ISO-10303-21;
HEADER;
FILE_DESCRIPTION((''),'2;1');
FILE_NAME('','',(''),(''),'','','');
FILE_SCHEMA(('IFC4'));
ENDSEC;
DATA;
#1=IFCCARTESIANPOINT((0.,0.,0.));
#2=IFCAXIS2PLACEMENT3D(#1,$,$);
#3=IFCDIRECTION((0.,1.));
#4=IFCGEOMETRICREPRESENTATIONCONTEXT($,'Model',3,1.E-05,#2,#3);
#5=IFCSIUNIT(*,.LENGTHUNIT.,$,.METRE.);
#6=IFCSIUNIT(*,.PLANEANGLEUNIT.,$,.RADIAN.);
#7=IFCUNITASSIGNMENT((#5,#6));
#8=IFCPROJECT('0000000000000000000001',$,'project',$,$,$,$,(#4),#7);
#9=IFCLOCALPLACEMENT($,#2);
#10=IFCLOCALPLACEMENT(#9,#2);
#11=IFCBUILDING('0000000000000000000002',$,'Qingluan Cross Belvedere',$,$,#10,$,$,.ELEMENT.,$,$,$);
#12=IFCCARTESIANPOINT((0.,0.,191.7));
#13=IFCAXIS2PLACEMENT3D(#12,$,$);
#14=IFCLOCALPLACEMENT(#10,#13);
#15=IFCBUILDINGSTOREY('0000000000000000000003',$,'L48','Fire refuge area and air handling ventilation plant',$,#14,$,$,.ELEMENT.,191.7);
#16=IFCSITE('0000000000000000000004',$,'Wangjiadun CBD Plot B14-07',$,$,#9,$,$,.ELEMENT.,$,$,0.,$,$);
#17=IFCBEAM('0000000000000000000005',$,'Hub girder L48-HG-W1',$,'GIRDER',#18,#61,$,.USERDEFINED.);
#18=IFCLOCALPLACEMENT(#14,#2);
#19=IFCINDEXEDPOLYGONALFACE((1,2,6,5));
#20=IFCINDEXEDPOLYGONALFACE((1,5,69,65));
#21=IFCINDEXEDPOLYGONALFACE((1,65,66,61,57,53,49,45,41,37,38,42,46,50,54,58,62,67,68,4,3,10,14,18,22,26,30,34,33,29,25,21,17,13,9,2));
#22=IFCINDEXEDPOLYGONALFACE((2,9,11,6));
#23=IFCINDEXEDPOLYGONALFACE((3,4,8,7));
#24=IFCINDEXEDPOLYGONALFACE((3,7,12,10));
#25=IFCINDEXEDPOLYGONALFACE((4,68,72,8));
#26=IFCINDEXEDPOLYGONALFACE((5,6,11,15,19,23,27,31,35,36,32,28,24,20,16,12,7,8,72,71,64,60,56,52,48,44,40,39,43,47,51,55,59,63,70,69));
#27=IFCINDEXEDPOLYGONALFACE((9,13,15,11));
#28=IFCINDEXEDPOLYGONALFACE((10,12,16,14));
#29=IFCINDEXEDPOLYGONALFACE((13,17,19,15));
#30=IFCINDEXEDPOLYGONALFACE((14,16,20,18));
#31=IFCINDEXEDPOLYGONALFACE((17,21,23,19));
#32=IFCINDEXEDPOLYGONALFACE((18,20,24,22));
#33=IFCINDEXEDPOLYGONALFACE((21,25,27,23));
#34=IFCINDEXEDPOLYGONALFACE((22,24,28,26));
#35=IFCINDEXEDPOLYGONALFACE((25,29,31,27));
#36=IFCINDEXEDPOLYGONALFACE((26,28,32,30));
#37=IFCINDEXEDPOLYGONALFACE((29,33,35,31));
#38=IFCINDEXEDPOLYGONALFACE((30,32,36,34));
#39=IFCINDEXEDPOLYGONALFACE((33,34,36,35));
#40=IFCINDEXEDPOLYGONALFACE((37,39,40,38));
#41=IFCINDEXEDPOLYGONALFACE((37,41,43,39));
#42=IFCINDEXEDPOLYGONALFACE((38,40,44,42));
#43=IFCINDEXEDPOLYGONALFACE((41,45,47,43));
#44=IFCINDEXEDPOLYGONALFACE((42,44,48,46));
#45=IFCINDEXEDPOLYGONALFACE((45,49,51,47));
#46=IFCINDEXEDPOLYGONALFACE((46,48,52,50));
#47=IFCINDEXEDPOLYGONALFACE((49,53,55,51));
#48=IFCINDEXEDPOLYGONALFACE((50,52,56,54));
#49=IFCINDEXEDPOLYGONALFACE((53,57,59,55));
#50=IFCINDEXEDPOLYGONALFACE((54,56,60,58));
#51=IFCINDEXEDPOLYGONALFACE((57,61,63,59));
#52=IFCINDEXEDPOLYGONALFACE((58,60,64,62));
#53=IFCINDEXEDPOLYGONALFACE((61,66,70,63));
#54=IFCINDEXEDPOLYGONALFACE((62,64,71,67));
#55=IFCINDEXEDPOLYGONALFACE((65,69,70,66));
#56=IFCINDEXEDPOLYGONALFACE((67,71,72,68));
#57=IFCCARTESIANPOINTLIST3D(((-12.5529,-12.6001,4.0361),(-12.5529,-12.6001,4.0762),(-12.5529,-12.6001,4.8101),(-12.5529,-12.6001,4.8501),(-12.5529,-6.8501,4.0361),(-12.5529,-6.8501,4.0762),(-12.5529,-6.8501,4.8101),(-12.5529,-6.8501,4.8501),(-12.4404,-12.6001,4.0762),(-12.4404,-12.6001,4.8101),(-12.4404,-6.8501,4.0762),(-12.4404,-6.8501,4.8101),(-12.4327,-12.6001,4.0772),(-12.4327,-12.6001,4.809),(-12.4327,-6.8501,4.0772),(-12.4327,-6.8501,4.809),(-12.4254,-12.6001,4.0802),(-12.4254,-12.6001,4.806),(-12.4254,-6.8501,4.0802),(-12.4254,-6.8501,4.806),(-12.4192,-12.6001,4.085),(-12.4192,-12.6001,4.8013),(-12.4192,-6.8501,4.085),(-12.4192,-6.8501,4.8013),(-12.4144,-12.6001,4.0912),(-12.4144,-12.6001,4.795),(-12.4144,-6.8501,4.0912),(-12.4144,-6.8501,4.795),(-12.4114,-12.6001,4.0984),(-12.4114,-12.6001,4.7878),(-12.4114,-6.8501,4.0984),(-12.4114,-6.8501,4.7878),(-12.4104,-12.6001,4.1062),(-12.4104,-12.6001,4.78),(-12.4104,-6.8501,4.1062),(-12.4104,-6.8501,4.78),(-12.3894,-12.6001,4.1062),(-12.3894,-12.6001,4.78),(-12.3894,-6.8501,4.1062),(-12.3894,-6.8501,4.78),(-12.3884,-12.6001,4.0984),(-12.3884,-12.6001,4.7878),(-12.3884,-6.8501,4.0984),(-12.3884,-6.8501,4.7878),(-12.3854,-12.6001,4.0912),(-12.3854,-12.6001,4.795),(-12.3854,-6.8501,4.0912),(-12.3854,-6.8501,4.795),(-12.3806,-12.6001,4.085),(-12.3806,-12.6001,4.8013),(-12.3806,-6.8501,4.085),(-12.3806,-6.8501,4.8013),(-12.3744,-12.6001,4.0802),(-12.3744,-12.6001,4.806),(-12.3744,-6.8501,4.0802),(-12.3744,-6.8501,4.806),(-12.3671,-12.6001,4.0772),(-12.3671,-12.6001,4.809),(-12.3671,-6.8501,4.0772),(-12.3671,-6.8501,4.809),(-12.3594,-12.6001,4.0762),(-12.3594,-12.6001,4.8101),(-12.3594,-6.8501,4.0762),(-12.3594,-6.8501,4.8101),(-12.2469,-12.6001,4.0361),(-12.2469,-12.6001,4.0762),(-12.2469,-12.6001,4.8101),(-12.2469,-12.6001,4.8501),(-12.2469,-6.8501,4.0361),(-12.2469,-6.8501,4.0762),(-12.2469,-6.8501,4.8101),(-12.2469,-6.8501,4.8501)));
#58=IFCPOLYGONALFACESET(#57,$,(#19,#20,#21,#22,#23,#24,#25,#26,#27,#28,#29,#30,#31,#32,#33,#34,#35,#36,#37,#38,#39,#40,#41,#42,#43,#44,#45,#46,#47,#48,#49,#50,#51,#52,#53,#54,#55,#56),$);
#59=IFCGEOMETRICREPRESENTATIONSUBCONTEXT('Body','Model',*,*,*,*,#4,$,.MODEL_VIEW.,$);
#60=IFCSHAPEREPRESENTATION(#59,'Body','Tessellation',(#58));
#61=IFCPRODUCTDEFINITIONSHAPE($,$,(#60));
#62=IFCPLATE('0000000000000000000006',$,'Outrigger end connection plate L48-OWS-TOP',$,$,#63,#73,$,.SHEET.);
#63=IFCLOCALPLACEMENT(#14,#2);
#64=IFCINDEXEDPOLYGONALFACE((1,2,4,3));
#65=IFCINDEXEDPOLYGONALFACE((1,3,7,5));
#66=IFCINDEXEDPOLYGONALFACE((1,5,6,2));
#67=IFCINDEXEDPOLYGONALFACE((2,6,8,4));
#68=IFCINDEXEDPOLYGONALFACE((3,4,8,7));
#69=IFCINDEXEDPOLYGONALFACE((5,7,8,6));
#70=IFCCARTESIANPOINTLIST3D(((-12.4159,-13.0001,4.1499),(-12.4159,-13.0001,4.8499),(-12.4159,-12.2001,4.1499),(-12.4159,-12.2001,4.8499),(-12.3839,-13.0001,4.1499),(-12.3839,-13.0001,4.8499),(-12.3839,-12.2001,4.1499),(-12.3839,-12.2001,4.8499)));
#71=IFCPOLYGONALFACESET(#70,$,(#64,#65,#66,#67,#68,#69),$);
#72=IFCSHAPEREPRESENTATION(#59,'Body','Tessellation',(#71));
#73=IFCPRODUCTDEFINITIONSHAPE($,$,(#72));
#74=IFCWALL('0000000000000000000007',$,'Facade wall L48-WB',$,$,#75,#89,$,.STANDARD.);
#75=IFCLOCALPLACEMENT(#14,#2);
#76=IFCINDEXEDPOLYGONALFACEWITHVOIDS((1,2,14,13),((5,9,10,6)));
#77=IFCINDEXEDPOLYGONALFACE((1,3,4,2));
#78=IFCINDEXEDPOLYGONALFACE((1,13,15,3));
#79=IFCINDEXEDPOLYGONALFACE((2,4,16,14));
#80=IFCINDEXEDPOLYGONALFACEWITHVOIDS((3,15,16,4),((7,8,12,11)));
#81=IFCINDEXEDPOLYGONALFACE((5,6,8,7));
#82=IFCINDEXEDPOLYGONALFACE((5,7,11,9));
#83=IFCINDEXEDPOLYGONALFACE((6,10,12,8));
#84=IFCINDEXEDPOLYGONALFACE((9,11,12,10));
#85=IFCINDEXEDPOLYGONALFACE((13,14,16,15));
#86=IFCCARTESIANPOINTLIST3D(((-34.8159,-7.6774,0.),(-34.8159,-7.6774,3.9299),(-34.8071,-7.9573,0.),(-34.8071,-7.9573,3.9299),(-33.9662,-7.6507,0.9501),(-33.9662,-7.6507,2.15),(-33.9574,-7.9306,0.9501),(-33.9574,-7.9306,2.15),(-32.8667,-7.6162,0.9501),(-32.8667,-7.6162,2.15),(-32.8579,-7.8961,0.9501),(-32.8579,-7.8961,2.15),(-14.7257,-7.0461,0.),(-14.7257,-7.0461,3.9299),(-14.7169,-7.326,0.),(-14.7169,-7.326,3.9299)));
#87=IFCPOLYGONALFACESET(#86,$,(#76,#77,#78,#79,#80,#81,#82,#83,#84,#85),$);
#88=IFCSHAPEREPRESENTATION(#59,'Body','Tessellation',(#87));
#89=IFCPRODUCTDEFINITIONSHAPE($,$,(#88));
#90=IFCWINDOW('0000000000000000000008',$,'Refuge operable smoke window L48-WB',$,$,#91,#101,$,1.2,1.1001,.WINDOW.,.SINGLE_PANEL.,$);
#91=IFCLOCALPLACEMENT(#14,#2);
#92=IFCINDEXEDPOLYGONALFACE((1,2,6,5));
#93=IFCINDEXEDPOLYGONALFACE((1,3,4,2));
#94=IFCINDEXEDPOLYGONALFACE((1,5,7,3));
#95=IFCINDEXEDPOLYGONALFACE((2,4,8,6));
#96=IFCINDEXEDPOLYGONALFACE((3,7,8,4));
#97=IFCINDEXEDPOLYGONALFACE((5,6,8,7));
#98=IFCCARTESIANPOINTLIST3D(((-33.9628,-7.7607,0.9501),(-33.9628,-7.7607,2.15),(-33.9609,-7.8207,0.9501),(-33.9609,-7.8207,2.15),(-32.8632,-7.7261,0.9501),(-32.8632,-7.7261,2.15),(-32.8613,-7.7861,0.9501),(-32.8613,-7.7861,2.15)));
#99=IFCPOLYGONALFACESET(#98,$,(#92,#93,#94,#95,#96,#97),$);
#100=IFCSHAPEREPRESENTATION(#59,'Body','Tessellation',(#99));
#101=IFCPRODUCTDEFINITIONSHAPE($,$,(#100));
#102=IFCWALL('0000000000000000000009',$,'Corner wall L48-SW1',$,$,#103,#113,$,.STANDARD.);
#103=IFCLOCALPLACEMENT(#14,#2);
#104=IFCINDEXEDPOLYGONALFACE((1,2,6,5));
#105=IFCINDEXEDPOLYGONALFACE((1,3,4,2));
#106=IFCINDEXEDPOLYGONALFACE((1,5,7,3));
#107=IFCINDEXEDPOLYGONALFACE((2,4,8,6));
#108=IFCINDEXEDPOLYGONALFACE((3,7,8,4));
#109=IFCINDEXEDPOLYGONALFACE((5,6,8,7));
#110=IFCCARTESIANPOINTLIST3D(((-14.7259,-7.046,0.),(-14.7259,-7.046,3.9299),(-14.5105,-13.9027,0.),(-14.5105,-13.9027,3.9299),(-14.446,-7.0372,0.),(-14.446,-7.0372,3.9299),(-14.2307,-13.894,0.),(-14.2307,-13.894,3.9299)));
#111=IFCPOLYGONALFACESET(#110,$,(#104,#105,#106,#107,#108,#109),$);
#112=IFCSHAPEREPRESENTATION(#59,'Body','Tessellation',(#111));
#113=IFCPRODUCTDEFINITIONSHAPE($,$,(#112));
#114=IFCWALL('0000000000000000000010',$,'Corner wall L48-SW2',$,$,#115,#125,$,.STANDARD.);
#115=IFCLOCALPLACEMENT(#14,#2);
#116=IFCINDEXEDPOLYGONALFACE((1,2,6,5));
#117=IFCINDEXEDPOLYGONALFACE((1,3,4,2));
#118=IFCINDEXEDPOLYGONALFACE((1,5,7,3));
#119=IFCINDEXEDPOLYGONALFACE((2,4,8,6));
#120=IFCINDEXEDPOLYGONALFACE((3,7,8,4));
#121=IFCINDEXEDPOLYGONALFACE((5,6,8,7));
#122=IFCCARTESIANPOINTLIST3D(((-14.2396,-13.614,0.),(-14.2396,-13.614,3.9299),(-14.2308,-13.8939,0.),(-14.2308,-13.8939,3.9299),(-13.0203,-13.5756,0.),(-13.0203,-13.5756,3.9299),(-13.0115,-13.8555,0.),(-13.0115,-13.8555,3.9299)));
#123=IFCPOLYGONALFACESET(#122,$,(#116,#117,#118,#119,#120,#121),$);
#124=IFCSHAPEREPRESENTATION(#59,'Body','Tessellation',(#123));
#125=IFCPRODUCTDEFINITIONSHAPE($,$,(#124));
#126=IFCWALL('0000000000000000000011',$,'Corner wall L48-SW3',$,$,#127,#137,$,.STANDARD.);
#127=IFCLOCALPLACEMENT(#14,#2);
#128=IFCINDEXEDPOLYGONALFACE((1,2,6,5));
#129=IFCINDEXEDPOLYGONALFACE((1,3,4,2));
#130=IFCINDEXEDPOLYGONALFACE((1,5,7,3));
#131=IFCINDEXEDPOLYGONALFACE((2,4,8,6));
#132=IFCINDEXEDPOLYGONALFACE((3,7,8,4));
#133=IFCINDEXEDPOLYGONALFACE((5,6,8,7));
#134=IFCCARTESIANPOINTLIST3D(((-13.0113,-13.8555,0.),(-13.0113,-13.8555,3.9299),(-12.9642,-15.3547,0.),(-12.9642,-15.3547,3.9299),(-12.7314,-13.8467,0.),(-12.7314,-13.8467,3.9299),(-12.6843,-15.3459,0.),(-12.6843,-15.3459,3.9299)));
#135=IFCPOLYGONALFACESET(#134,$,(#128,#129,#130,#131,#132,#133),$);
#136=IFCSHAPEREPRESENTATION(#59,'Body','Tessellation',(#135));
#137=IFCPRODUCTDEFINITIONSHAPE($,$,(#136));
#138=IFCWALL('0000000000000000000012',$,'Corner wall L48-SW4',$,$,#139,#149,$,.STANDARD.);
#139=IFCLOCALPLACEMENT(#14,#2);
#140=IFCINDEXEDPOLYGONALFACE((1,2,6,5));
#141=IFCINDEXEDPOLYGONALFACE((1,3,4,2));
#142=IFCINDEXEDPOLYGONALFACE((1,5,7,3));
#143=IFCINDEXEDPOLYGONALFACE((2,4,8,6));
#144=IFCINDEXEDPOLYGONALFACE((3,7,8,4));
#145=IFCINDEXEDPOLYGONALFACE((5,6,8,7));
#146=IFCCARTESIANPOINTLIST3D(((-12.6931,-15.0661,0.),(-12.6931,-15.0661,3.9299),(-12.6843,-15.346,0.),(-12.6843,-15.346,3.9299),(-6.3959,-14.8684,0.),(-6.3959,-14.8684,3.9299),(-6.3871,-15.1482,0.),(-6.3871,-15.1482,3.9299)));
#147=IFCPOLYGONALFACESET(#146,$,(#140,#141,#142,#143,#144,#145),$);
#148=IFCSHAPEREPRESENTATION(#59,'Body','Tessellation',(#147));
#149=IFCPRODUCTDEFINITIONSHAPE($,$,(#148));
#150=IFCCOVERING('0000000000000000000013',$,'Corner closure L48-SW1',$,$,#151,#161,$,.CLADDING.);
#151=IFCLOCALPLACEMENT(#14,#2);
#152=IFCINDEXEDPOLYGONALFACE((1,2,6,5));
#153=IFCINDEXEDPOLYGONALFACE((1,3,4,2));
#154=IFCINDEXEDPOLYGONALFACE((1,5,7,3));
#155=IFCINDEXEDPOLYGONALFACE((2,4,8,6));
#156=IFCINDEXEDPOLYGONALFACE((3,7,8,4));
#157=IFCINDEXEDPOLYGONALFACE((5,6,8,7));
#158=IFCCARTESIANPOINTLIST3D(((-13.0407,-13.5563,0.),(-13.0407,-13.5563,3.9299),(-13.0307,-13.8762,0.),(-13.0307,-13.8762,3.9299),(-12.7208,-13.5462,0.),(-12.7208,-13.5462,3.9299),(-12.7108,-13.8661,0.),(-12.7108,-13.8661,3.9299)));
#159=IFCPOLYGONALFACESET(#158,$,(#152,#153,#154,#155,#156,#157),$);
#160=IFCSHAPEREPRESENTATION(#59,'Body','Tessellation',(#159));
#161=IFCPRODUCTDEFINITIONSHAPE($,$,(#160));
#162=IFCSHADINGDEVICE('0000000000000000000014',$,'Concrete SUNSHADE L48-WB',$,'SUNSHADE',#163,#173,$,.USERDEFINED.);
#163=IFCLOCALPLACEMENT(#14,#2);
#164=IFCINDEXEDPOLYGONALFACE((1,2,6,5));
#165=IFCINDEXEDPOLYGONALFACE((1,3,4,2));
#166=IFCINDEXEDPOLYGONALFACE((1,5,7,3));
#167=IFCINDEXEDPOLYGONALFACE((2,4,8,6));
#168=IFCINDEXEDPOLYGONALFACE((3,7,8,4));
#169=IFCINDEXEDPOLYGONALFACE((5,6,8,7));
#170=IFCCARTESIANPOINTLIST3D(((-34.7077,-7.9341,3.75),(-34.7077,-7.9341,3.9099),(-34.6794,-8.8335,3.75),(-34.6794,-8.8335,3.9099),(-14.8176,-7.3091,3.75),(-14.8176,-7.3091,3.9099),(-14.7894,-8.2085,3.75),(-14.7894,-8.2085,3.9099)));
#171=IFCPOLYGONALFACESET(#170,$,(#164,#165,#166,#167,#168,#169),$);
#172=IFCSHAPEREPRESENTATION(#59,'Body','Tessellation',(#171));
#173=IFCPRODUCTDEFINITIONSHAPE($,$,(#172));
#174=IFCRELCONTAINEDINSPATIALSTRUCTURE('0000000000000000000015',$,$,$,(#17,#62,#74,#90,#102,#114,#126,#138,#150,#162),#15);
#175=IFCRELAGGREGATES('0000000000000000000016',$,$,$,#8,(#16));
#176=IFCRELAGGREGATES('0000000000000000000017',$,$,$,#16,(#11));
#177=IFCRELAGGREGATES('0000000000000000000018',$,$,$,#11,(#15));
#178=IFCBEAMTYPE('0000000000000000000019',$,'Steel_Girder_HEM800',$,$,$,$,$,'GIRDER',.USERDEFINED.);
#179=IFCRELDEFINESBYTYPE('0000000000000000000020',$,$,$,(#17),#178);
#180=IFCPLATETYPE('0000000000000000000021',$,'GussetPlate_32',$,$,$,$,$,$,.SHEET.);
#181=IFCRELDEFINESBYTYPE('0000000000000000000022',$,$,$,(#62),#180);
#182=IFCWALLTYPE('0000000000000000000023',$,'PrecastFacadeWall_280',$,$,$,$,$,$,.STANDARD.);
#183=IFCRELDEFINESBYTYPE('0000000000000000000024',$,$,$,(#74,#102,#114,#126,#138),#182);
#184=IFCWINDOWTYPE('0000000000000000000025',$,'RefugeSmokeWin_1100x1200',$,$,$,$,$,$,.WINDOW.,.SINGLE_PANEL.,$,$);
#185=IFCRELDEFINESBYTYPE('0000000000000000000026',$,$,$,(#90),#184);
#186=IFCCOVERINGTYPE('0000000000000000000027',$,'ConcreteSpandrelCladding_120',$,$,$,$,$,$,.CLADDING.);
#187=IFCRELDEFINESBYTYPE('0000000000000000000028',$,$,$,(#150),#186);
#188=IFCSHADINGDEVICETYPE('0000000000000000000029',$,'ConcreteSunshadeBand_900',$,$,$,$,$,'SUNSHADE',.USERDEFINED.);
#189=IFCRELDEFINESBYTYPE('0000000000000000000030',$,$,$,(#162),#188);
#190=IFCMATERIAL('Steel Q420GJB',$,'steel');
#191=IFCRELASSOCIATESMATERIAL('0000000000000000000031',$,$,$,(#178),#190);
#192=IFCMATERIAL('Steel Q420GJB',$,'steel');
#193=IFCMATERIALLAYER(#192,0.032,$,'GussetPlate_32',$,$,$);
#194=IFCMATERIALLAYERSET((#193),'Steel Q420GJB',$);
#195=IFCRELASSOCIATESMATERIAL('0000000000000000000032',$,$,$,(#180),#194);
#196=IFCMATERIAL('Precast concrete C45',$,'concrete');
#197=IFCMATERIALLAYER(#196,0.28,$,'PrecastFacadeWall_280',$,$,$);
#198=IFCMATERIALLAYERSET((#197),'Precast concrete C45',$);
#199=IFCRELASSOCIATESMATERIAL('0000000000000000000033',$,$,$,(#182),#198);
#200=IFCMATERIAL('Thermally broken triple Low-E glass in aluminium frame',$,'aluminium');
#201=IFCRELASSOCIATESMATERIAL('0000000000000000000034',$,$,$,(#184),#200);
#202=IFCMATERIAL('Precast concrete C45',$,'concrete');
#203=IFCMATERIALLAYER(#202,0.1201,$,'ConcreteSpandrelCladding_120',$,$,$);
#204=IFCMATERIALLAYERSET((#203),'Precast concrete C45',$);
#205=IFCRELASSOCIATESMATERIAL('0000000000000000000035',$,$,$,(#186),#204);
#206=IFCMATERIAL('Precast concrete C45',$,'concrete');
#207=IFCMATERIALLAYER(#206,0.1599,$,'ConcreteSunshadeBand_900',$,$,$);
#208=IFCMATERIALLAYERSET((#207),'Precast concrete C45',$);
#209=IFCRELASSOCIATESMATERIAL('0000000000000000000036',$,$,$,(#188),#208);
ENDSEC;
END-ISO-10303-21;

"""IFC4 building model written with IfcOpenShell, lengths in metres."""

from ifc_helpers import new_model, si_unit, direction, frame, frame_2d, origin, origin_2d, place, context, subcontext, project, spatial, rectangle, i_section, extrude, material, layer, layer_set, material_profile, profile_set, type_object, element, fill, save


model = new_model("IFC4")

# Units and contexts
model_context = context("Model", 3, precision=1e-05, world=origin(), true_north=direction((0.0, 1.0)))
body_context = subcontext(model_context, "Body", "Model", "MODEL_VIEW")
ifc_project = project(units=[si_unit("LENGTHUNIT", "METRE"), si_unit("PLANEANGLEUNIT", "RADIAN")], contexts=[model_context])

# Site, building, storey
site_placement = place(None, origin())
site = spatial("IfcSite", under=ifc_project, at=site_placement, Name="Wangjiadun CBD Plot B14-07", CompositionType="ELEMENT", RefElevation=0.0)
building_placement = place(site_placement, origin())
building = spatial("IfcBuilding", under=site, at=building_placement, Name="Qingluan Cross Belvedere", CompositionType="ELEMENT")
storey_placement = place(building_placement, frame((0.0, 0.0, 191.7)))
storey = spatial("IfcBuildingStorey", under=building, at=storey_placement, Name="L48", Description="Fire refuge area and air handling ventilation plant", CompositionType="ELEMENT", Elevation=191.7)

# Beam
ifc_material_1 = material(Name="Steel Q420GJB", Category="steel")
ifc_material_profile_1 = material_profile(ifc_material_1, i_section(OverallWidth=0.3059, OverallDepth=0.814, WebThickness=0.021, FlangeThickness=0.04, FilletRadius=0.03, at=origin_2d()), Name="HEM800")
ifc_profile_set_1 = profile_set([ifc_material_profile_1], Name="Steel Q420GJB")
beam_type_1 = type_object("IfcBeamType", Name="Steel_Girder_HEM800", ElementType="GIRDER", PredefinedType="USERDEFINED", material=ifc_profile_set_1)
beam_1_placement = place(storey_placement, frame((-12.3999, -12.6001, 4.4431), z_axis=(0.0, 1.0, 0.0), x_axis=(-1.0, 0.0, 0.0)))
element("IfcBeam", 1, at=beam_1_placement, inside=storey, type_object=beam_type_1, Name="Hub girder L48-HG-W1", ObjectType="GIRDER", PredefinedType="USERDEFINED", context=body_context, shape_type="SweptSolid", body=[
    extrude(i_section(OverallWidth=0.3059, OverallDepth=0.814, WebThickness=0.021, FlangeThickness=0.04, FilletRadius=0.03, at=origin_2d()), origin(), (0.0, 0.0, 1.0), 5.75),
])

# Plate
ifc_material_2 = material(Name="Steel Q420GJB", Category="steel")
ifc_layer_1 = layer(ifc_material_2, 0.032, Name="GussetPlate_32")
ifc_layer_set_1 = layer_set([ifc_layer_1], Name="Steel Q420GJB")
plate_type = type_object("IfcPlateType", Name="GussetPlate_32", PredefinedType="SHEET", material=ifc_layer_set_1)
plate_placement = place(storey_placement, frame((-12.3999, -12.6001, 4.1499), z_axis=(0.0, 0.0, 1.0), x_axis=(0.0, 1.0, 0.0)))
element("IfcPlate", 2, at=plate_placement, inside=storey, type_object=plate_type, Name="Outrigger end connection plate L48-OWS-TOP", PredefinedType="SHEET", context=body_context, shape_type="SweptSolid", body=[
    extrude(rectangle(XDim=0.8, YDim=0.032, at=origin_2d()), origin(), (0.0, 0.0, 1.0), 0.7),
])

# Wall, opening, window
ifc_material_3 = material(Name="Precast concrete C45", Category="concrete")
ifc_layer_2 = layer(ifc_material_3, 0.28, Name="PrecastFacadeWall_280")
ifc_layer_set_2 = layer_set([ifc_layer_2], Name="Precast concrete C45")
wall_type = type_object("IfcWallType", Name="PrecastFacadeWall_280", PredefinedType="STANDARD", material=ifc_layer_set_2)
wall_1_placement = place(storey_placement, frame((-34.8115, -7.8174, 0.0), z_axis=(0.0, 0.0, 1.0), x_axis=(0.999507, 0.03141, 0.0)))
wall_1 = element("IfcWall", 3, at=wall_1_placement, inside=storey, type_object=wall_type, Name="Facade wall L48-WB", PredefinedType="STANDARD", context=body_context, shape_type="SweptSolid", body=[
    extrude(rectangle(XDim=20.1001, YDim=0.28, at=frame_2d((10.05, 0.0))), origin(), (0.0, 0.0, 1.0), 3.9299),
])
opening_placement = place(wall_1_placement, frame((0.8501, 0.0, 0.95)))
opening = element("IfcOpeningElement", 4, at=opening_placement, cuts=wall_1, PredefinedType="OPENING", context=body_context, shape_type="SweptSolid", body=[
    extrude(rectangle(XDim=1.1001, YDim=1.2, at=frame_2d((0.55, 0.6001))), frame((0.0, 0.1499, 0.0), z_axis=(0.0, -1.0, 0.0), x_axis=(1.0, 0.0, 0.0)), (0.0, 0.0, 1.0), 0.3),
])
ifc_material_4 = material(Name="Thermally broken triple Low-E glass in aluminium frame", Category="aluminium")
window_type = type_object("IfcWindowType", Name="RefugeSmokeWin_1100x1200", PartitioningType="SINGLE_PANEL", PredefinedType="WINDOW", material=ifc_material_4)
window_placement = place(opening_placement, origin())
window = element("IfcWindow", 5, at=window_placement, inside=storey, type_object=window_type, Name="Refuge operable smoke window L48-WB", OverallHeight=1.2, OverallWidth=1.1001, PartitioningType="SINGLE_PANEL", PredefinedType="WINDOW", context=body_context, shape_type="SweptSolid", body=[
    extrude(rectangle(XDim=1.1001, YDim=1.2, at=frame_2d((0.55, 0.6001))), frame((0.0, 0.03, 0.0), z_axis=(0.0, -1.0, 0.0), x_axis=(1.0, 0.0, 0.0)), (0.0, 0.0, 1.0), 0.0601),
])
fill(opening, window)

# Walls
wall_2_placement = place(storey_placement, frame((-14.5859, -7.0415, 0.0), z_axis=(0.0, 0.0, 1.0), x_axis=(0.031389, -0.999507, 0.0)))
element("IfcWall", 6, at=wall_2_placement, inside=storey, type_object=wall_type, Name="Corner wall L48-SW1", PredefinedType="STANDARD", context=body_context, shape_type="SweptSolid", body=[
    extrude(rectangle(XDim=6.8601, YDim=0.28, at=frame_2d((3.4302, 0.0))), origin(), (0.0, 0.0, 1.0), 3.9299),
])
wall_3_placement = place(storey_placement, frame((-14.2351, -13.7539, 0.0), z_axis=(0.0, 0.0, 1.0), x_axis=(0.999506, 0.031416, 0.0)))
element("IfcWall", 7, at=wall_3_placement, inside=storey, type_object=wall_type, Name="Corner wall L48-SW2", PredefinedType="STANDARD", context=body_context, shape_type="SweptSolid", body=[
    extrude(rectangle(XDim=1.22, YDim=0.28, at=frame_2d((0.6099, 0.0))), origin(), (0.0, 0.0, 1.0), 3.9299),
])
wall_4_placement = place(storey_placement, frame((-12.8713, -13.8511, 0.0), z_axis=(0.0, 0.0, 1.0), x_axis=(0.031413, -0.999507, 0.0)))
element("IfcWall", 8, at=wall_4_placement, inside=storey, type_object=wall_type, Name="Corner wall L48-SW3", PredefinedType="STANDARD", context=body_context, shape_type="SweptSolid", body=[
    extrude(rectangle(XDim=1.5, YDim=0.28, at=frame_2d((0.75, 0.0))), origin(), (0.0, 0.0, 1.0), 3.9299),
])
wall_5_placement = place(storey_placement, frame((-12.6887, -15.2061, 0.0), z_axis=(0.0, 0.0, 1.0), x_axis=(0.999507, 0.031388, 0.0)))
element("IfcWall", 9, at=wall_5_placement, inside=storey, type_object=wall_type, Name="Corner wall L48-SW4", PredefinedType="STANDARD", context=body_context, shape_type="SweptSolid", body=[
    extrude(rectangle(XDim=6.3003, YDim=0.28, at=frame_2d((3.1501, 0.0))), origin(), (0.0, 0.0, 1.0), 3.9299),
])

# Covering
ifc_material_5 = material(Name="Precast concrete C45", Category="concrete")
ifc_layer_3 = layer(ifc_material_5, 0.1201, Name="ConcreteSpandrelCladding_120")
ifc_layer_set_3 = layer_set([ifc_layer_3], Name="Precast concrete C45")
covering_type = type_object("IfcCoveringType", Name="ConcreteSpandrelCladding_120", PredefinedType="CLADDING", material=ifc_layer_set_3)
covering_placement = place(storey_placement, frame((-12.8757, -13.7112, 0.0), z_axis=(0.0, 0.0, 1.0), x_axis=(0.999507, 0.031411, 0.0)))
element("IfcCovering", 10, at=covering_placement, inside=storey, type_object=covering_type, Name="Corner closure L48-SW1", PredefinedType="CLADDING", context=body_context, shape_type="SweptSolid", body=[
    extrude(rectangle(XDim=0.3201, YDim=0.3201, at=origin_2d()), origin(), (0.0, 0.0, 1.0), 3.9299),
])

# Shading device
ifc_material_6 = material(Name="Precast concrete C45", Category="concrete")
ifc_layer_4 = layer(ifc_material_6, 0.1599, Name="ConcreteSunshadeBand_900")
ifc_layer_set_4 = layer_set([ifc_layer_4], Name="Precast concrete C45")
shading_device_type_1 = type_object("IfcShadingDeviceType", Name="ConcreteSunshadeBand_900", ElementType="SUNSHADE", PredefinedType="USERDEFINED", material=ifc_layer_set_4)
shading_device_1_placement = place(storey_placement, frame((-24.7485, -8.0713, 3.75), z_axis=(0.0, 0.0, 1.0), x_axis=(0.999507, 0.031408, 0.0)))
element("IfcShadingDevice", 11, at=shading_device_1_placement, inside=storey, type_object=shading_device_type_1, Name="Concrete SUNSHADE L48-WB", ObjectType="SUNSHADE", PredefinedType="USERDEFINED", context=body_context, shape_type="SweptSolid", body=[
    extrude(rectangle(XDim=19.8999, YDim=0.8999, at=origin_2d()), origin(), (0.0, 0.0, 1.0), 0.1599),
])

save(model, "model.ifc")
